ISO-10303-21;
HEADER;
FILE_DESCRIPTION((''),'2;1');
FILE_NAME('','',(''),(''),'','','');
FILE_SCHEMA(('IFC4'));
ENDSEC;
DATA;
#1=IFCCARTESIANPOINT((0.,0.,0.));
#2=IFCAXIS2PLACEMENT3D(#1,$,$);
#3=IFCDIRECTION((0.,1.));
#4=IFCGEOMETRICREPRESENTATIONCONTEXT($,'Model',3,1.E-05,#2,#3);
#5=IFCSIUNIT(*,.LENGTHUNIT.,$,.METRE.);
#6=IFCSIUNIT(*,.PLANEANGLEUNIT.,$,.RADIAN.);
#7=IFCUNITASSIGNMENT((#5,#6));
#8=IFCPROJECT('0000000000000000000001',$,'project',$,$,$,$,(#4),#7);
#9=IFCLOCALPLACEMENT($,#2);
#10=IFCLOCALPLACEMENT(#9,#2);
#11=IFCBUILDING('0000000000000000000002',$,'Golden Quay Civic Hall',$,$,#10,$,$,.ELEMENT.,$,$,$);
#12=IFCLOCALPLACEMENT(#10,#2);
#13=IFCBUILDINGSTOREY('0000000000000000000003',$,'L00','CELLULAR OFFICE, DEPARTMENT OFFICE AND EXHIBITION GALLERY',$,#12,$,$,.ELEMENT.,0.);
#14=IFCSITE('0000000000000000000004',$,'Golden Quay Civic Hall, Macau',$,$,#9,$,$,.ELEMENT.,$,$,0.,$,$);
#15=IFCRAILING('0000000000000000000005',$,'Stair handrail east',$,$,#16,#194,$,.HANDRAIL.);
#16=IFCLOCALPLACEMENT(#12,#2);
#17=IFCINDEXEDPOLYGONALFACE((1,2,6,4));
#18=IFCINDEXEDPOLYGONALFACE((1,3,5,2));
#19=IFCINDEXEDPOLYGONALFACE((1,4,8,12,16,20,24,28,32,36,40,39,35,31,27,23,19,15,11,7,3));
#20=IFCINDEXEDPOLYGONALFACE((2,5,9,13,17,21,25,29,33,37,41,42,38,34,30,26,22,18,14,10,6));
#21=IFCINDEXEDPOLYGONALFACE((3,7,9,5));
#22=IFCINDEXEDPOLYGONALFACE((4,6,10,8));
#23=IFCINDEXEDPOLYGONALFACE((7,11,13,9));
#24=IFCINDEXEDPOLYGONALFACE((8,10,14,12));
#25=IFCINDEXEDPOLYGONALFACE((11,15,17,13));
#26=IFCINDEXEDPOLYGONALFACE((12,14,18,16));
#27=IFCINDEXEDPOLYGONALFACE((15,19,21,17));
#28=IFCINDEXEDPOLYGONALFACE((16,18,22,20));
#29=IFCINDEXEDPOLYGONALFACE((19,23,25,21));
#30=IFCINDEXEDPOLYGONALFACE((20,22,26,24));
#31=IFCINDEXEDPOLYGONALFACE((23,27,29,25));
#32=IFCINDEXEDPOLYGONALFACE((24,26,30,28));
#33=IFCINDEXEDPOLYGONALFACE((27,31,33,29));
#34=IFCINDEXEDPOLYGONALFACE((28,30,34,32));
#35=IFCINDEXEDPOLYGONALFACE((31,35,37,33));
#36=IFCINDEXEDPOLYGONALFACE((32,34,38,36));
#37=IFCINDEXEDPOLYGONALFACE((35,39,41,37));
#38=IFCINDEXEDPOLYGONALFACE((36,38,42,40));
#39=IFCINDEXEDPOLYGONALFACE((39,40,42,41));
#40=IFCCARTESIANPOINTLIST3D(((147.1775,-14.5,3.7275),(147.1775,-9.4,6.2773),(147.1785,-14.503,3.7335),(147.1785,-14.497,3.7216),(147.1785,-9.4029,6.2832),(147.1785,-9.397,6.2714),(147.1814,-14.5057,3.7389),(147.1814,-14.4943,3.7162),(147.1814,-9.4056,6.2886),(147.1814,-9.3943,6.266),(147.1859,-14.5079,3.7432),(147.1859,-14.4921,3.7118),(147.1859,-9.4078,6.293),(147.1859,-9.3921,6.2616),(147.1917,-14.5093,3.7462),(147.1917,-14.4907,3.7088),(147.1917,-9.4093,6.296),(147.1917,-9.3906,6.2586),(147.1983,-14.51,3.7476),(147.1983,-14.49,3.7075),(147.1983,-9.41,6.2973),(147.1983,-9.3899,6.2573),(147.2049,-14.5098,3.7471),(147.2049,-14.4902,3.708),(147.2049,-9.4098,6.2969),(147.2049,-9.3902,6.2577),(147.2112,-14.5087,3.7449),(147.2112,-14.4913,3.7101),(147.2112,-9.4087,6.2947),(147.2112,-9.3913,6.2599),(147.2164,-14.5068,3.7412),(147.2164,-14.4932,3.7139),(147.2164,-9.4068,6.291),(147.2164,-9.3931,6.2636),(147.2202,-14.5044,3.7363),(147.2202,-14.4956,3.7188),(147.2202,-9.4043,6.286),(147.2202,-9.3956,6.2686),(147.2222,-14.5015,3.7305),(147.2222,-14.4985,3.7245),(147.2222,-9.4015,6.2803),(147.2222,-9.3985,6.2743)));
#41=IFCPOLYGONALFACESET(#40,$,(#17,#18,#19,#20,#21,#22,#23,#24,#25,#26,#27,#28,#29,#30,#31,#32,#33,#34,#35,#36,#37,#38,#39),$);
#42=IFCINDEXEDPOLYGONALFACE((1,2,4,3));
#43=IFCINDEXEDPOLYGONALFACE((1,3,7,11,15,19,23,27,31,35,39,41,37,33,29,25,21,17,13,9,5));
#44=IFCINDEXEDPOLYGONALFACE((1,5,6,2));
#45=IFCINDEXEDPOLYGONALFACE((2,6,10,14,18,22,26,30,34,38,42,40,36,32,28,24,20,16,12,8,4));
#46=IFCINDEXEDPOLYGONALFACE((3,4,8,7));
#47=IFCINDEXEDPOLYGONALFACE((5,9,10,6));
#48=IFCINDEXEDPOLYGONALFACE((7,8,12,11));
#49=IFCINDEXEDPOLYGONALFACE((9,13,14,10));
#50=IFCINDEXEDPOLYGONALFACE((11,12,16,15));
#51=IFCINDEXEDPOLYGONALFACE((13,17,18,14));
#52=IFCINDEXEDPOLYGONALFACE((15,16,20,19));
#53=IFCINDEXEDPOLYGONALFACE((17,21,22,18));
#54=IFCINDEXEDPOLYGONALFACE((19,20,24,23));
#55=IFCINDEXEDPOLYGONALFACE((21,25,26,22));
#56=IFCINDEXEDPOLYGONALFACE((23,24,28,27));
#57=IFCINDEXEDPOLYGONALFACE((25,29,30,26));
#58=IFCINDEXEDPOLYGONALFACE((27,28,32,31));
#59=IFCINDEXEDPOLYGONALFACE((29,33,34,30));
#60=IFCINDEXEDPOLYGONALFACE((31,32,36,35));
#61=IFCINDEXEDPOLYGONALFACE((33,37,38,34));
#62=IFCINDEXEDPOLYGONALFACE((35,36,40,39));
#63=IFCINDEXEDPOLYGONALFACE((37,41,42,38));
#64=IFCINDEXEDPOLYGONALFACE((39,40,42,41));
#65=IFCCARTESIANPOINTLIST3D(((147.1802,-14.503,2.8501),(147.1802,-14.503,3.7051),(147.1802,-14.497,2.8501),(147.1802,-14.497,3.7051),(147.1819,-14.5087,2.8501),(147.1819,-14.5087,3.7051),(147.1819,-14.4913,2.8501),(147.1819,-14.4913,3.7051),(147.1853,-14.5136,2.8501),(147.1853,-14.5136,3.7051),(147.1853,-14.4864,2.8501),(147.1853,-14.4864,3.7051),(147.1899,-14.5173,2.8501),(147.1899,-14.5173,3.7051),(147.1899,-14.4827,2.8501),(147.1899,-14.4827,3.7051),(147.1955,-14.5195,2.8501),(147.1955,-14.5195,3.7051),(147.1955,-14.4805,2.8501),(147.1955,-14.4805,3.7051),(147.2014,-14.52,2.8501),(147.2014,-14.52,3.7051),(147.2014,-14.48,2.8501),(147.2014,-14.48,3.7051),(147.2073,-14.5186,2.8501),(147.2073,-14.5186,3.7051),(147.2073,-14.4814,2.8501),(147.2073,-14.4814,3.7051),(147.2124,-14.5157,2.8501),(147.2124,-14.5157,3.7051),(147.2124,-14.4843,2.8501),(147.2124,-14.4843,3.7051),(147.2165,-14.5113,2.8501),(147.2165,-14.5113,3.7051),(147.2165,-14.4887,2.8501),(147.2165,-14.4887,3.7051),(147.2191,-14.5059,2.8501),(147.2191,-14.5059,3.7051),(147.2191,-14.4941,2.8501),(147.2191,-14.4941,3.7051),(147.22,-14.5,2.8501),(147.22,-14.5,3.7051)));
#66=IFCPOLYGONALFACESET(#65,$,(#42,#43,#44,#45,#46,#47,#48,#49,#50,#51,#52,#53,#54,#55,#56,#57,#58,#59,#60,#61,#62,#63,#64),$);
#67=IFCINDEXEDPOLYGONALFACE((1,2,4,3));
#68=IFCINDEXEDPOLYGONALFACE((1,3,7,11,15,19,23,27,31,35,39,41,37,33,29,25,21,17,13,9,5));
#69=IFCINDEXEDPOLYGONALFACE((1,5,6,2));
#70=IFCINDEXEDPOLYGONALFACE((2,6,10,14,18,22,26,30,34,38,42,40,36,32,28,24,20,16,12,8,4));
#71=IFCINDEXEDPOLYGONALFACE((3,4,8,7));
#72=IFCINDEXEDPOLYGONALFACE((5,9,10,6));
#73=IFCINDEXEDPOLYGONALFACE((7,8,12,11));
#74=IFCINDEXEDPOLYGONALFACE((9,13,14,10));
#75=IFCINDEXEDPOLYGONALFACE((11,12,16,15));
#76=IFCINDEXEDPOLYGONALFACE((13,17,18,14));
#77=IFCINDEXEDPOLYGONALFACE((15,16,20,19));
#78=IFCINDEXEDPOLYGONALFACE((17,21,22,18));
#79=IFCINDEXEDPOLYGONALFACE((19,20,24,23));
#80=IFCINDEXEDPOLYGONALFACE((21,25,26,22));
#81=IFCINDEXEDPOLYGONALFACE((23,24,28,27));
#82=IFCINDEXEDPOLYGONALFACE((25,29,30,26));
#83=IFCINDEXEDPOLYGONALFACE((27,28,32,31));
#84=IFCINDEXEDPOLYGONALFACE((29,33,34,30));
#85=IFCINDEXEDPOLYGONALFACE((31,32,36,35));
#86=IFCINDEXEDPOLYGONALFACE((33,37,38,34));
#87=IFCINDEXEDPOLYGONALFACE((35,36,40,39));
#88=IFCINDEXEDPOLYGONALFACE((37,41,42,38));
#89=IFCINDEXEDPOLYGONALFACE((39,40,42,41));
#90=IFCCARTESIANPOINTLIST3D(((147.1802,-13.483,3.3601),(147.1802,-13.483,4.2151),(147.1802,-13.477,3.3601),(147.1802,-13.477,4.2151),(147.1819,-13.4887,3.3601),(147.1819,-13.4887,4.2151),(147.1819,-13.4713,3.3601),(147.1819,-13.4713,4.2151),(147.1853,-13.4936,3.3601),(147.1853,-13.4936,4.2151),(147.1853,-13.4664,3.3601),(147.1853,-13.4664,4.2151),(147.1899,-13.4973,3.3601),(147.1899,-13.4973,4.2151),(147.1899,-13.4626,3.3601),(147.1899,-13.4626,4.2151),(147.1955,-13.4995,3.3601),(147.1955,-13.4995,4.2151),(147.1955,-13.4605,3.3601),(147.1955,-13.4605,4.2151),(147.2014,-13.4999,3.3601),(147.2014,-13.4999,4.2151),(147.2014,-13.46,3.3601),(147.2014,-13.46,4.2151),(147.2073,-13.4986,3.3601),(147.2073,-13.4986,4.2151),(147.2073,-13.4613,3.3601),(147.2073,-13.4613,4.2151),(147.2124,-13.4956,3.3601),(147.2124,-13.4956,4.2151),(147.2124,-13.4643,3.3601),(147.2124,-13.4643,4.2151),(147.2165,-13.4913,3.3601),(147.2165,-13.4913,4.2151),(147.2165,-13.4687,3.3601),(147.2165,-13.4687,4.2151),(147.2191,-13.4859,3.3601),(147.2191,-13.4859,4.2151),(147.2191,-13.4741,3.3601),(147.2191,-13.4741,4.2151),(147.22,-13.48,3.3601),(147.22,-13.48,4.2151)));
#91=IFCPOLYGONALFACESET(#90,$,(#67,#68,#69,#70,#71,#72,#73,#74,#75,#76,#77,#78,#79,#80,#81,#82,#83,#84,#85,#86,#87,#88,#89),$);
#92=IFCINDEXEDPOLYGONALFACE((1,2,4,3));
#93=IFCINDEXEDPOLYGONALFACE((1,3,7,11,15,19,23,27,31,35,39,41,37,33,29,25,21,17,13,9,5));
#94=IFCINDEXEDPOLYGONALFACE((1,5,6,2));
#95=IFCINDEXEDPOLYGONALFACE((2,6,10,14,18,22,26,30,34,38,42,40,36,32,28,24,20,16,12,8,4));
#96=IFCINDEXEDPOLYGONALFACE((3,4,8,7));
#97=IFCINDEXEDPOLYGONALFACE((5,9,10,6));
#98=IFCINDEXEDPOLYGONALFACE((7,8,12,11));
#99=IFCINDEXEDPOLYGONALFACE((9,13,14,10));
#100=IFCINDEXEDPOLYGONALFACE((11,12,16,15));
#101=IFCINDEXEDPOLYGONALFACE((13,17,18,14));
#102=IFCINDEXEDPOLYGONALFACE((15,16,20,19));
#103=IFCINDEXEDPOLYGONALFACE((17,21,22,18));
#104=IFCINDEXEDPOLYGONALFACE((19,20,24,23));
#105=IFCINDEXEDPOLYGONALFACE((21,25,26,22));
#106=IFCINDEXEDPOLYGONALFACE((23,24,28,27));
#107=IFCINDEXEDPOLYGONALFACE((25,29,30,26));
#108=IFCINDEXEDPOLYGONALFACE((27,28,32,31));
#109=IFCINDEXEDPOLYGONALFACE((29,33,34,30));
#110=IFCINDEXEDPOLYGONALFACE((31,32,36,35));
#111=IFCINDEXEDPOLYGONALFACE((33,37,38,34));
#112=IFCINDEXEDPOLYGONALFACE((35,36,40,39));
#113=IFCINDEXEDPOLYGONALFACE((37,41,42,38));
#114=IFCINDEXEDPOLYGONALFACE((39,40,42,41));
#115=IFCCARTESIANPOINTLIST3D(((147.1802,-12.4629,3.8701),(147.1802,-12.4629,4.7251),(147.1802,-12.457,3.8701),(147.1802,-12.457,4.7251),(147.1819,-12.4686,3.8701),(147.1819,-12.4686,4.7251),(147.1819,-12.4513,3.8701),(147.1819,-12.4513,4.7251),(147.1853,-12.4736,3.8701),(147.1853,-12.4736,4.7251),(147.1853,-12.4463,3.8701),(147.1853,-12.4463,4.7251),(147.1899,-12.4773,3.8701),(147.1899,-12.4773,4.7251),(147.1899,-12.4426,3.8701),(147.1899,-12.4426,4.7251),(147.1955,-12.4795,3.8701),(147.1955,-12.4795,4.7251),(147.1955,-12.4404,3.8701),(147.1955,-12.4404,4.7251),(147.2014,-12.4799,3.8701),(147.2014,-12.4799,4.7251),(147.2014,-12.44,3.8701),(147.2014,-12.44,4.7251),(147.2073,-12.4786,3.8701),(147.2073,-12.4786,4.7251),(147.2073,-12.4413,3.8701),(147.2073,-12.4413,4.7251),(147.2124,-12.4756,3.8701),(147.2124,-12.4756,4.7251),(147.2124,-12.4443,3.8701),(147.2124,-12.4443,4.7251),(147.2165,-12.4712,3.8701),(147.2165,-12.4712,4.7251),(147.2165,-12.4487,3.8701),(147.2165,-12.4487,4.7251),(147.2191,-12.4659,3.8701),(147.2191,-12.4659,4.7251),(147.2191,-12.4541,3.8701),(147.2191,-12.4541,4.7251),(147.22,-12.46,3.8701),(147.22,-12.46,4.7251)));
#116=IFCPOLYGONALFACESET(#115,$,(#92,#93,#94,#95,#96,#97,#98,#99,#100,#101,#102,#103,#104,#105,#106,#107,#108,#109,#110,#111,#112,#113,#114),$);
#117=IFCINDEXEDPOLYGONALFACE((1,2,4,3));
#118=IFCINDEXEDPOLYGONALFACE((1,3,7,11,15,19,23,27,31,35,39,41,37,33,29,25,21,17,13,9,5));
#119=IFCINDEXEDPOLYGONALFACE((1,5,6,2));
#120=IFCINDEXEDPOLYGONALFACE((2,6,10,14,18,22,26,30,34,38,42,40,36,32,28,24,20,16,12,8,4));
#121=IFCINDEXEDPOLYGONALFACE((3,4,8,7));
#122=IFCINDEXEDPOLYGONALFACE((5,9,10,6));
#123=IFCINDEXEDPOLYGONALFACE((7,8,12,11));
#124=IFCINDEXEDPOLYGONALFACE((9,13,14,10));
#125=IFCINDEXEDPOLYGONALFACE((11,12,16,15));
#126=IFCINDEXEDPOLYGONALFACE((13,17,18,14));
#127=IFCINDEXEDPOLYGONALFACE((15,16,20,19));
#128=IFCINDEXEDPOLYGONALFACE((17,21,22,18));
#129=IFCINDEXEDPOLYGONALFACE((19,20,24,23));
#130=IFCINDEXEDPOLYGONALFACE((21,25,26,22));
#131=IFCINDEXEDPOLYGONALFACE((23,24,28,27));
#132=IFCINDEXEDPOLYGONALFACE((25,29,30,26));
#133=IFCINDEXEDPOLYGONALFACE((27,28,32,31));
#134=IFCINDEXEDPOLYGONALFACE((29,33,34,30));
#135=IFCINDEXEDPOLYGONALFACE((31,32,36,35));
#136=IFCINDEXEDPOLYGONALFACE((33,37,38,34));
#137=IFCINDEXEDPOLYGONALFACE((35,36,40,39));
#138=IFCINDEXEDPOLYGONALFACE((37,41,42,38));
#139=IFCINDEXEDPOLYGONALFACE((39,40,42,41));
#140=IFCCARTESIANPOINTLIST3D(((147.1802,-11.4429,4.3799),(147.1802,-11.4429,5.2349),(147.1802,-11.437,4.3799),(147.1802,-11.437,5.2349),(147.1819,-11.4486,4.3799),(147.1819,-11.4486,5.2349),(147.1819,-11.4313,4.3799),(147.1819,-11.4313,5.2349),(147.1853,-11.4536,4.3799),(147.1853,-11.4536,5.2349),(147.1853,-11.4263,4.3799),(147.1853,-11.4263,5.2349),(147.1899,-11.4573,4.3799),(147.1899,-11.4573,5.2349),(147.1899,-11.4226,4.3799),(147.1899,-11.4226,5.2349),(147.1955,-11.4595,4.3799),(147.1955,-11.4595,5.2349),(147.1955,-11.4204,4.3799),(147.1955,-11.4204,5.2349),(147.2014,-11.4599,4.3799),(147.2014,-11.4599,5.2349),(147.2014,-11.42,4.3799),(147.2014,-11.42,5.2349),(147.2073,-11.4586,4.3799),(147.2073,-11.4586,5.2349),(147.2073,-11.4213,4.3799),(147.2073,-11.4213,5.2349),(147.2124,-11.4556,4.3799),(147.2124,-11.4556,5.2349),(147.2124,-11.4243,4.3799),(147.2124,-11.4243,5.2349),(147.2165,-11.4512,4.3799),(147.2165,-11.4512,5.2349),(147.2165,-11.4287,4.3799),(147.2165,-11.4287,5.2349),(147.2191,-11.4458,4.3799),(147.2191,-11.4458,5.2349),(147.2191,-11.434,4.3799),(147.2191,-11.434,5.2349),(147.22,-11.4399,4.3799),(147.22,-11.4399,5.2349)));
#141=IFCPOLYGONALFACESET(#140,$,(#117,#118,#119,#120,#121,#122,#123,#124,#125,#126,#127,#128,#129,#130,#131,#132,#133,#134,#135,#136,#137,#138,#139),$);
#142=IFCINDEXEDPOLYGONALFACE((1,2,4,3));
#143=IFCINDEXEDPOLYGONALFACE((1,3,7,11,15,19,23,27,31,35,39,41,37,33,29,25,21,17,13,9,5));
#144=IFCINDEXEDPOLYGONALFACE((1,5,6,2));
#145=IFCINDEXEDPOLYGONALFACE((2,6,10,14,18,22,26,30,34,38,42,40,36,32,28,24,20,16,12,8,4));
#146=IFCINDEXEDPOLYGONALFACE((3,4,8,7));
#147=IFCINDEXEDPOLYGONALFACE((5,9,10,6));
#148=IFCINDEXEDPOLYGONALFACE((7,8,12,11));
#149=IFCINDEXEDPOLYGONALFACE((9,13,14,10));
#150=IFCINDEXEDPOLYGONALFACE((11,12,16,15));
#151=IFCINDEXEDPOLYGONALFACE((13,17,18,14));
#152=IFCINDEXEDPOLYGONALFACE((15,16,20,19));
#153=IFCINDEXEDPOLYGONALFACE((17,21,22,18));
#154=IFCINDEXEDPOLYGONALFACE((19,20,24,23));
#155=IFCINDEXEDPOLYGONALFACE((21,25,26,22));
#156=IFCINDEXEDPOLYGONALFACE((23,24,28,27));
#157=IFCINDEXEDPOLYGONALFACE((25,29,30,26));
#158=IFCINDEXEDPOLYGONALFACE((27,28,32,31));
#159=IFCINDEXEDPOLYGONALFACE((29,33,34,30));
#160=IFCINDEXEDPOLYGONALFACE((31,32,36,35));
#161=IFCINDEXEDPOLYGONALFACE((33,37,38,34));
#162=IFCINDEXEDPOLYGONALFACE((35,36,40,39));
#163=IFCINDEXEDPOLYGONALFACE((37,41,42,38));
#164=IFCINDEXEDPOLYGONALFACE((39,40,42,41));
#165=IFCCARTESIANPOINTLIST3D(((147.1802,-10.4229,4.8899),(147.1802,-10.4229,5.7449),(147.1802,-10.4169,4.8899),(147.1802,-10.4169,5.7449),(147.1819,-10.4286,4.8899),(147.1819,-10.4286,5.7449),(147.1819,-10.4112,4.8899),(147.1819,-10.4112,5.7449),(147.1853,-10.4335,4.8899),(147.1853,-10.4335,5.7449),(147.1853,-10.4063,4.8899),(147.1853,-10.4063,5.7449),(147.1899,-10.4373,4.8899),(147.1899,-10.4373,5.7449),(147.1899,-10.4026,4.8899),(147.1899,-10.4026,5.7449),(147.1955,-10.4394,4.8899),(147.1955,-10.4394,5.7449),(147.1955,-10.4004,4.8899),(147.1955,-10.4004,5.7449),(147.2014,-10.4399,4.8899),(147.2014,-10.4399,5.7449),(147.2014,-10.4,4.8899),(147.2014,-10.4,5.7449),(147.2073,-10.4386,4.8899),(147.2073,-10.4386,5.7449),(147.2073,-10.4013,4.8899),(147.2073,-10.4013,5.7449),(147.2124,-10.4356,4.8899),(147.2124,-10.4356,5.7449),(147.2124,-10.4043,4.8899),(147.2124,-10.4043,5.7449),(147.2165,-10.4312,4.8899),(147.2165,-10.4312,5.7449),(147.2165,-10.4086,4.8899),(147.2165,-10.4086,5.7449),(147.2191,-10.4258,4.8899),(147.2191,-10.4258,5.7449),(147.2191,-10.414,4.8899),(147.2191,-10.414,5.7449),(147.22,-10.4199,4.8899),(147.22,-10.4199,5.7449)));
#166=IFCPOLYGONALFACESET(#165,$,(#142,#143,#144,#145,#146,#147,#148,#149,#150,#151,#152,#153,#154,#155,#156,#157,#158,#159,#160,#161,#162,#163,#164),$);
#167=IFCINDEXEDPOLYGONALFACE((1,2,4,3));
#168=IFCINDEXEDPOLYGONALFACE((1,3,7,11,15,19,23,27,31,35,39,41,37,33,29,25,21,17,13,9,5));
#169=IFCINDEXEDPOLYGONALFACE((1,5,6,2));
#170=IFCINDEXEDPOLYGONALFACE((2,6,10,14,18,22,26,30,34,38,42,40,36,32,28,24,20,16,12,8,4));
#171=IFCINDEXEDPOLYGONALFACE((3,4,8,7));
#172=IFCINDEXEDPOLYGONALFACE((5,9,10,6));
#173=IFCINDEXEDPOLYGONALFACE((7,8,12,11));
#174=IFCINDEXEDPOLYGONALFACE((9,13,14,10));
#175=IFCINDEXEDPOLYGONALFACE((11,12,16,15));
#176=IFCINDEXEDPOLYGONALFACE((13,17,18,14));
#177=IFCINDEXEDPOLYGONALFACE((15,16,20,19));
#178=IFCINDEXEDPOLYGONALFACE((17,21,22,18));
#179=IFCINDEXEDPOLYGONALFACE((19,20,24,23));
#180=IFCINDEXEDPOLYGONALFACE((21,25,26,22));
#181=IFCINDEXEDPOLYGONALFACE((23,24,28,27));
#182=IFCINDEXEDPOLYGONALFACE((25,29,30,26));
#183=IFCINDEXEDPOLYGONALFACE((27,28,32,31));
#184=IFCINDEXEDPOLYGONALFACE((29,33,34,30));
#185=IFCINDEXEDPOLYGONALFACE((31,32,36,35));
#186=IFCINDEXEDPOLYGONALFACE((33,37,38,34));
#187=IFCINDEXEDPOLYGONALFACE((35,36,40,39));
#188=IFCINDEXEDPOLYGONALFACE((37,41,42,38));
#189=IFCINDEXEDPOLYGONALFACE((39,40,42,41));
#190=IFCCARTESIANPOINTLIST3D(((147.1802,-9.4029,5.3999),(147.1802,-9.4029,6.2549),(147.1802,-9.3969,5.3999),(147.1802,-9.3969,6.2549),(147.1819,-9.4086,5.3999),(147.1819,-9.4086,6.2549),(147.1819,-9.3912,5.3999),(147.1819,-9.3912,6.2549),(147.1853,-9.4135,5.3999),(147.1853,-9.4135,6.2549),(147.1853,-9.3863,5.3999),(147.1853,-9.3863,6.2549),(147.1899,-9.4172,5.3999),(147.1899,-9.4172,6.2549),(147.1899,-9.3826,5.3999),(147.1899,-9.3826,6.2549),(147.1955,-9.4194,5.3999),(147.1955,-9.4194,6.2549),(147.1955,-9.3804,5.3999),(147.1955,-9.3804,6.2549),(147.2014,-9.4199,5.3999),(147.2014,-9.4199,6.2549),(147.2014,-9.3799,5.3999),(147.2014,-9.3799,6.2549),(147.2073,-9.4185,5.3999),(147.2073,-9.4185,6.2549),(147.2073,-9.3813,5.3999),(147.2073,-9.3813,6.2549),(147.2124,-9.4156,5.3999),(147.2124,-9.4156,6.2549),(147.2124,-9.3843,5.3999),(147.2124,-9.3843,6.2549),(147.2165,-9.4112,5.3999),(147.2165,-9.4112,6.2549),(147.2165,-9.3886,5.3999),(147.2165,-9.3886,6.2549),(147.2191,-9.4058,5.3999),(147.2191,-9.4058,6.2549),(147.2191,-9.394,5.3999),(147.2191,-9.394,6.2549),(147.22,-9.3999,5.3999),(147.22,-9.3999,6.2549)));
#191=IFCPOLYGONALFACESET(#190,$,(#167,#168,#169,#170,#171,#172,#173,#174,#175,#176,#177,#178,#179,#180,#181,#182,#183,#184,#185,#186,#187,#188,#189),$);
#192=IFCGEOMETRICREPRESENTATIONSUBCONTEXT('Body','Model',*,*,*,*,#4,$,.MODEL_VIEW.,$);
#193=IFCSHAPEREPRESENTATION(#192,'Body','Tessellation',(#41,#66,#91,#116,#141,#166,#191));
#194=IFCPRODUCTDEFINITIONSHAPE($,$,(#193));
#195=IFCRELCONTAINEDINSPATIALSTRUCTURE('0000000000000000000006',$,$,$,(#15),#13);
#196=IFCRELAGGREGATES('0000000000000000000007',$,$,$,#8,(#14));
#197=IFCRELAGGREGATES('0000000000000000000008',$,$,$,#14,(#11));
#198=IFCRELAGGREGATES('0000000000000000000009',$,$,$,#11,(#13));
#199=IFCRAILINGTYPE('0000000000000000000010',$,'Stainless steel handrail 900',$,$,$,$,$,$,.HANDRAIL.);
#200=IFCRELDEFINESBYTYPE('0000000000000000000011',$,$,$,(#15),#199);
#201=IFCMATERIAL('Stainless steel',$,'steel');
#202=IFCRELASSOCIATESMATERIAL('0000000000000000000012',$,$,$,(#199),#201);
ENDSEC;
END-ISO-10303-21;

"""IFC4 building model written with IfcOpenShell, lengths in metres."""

from ifc_helpers import new_model, si_unit, direction, frame, origin, origin_2d, place, context, subcontext, project, spatial, circle, extrude, material, type_object, element, save


model = new_model("IFC4")

# Units and contexts
model_context = context("Model", 3, precision=1e-05, world=origin(), true_north=direction((0.0, 1.0)))
body_context = subcontext(model_context, "Body", "Model", "MODEL_VIEW")
ifc_project = project(units=[si_unit("LENGTHUNIT", "METRE"), si_unit("PLANEANGLEUNIT", "RADIAN")], contexts=[model_context])

# Site, building, storey
site_placement = place(None, origin())
site = spatial("IfcSite", under=ifc_project, at=site_placement, Name="Golden Quay Civic Hall, Macau", CompositionType="ELEMENT", RefElevation=0.0)
building_placement = place(site_placement, origin())
building = spatial("IfcBuilding", under=site, at=building_placement, Name="Golden Quay Civic Hall", CompositionType="ELEMENT")
storey_placement = place(building_placement, origin())
storey = spatial("IfcBuildingStorey", under=building, at=storey_placement, Name="L00", Description="CELLULAR OFFICE, DEPARTMENT OFFICE AND EXHIBITION GALLERY", CompositionType="ELEMENT", Elevation=0.0)

# Railing
ifc_material_1 = material(Name="Stainless steel", Category="steel")
railing_type_1 = type_object("IfcRailingType", Name="Stainless steel handrail 900", PredefinedType="HANDRAIL", material=ifc_material_1)
railing_1_placement = place(storey_placement, frame((147.2, -14.5, 2.8501)))
element("IfcRailing", 1, at=railing_1_placement, inside=storey, type_object=railing_type_1, Name="Stair handrail east", PredefinedType="HANDRAIL", context=body_context, shape_type="SweptSolid", body=[
    extrude(circle(Radius=0.0225, at=origin_2d()), frame((0.0, 0.0, 0.8774), z_axis=(0.0, 0.894444, 0.447179), x_axis=(-1.0, 0.0, 0.0)), (0.0, 0.0, 1.0), 5.7019),
    extrude(circle(Radius=0.02, at=origin_2d()), origin(), (0.0, 0.0, 1.0), 0.855),
    extrude(circle(Radius=0.02, at=origin_2d()), frame((0.0, 1.02, 0.51)), (0.0, 0.0, 1.0), 0.855),
    extrude(circle(Radius=0.02, at=origin_2d()), frame((0.0, 2.04, 1.02)), (0.0, 0.0, 1.0), 0.855),
    extrude(circle(Radius=0.02, at=origin_2d()), frame((0.0, 3.0601, 1.5298)), (0.0, 0.0, 1.0), 0.855),
    extrude(circle(Radius=0.02, at=origin_2d()), frame((0.0, 4.0801, 2.0398)), (0.0, 0.0, 1.0), 0.855),
    extrude(circle(Radius=0.02, at=origin_2d()), frame((0.0, 5.1001, 2.5498)), (0.0, 0.0, 1.0), 0.855),
])

save(model, "model.ifc")
